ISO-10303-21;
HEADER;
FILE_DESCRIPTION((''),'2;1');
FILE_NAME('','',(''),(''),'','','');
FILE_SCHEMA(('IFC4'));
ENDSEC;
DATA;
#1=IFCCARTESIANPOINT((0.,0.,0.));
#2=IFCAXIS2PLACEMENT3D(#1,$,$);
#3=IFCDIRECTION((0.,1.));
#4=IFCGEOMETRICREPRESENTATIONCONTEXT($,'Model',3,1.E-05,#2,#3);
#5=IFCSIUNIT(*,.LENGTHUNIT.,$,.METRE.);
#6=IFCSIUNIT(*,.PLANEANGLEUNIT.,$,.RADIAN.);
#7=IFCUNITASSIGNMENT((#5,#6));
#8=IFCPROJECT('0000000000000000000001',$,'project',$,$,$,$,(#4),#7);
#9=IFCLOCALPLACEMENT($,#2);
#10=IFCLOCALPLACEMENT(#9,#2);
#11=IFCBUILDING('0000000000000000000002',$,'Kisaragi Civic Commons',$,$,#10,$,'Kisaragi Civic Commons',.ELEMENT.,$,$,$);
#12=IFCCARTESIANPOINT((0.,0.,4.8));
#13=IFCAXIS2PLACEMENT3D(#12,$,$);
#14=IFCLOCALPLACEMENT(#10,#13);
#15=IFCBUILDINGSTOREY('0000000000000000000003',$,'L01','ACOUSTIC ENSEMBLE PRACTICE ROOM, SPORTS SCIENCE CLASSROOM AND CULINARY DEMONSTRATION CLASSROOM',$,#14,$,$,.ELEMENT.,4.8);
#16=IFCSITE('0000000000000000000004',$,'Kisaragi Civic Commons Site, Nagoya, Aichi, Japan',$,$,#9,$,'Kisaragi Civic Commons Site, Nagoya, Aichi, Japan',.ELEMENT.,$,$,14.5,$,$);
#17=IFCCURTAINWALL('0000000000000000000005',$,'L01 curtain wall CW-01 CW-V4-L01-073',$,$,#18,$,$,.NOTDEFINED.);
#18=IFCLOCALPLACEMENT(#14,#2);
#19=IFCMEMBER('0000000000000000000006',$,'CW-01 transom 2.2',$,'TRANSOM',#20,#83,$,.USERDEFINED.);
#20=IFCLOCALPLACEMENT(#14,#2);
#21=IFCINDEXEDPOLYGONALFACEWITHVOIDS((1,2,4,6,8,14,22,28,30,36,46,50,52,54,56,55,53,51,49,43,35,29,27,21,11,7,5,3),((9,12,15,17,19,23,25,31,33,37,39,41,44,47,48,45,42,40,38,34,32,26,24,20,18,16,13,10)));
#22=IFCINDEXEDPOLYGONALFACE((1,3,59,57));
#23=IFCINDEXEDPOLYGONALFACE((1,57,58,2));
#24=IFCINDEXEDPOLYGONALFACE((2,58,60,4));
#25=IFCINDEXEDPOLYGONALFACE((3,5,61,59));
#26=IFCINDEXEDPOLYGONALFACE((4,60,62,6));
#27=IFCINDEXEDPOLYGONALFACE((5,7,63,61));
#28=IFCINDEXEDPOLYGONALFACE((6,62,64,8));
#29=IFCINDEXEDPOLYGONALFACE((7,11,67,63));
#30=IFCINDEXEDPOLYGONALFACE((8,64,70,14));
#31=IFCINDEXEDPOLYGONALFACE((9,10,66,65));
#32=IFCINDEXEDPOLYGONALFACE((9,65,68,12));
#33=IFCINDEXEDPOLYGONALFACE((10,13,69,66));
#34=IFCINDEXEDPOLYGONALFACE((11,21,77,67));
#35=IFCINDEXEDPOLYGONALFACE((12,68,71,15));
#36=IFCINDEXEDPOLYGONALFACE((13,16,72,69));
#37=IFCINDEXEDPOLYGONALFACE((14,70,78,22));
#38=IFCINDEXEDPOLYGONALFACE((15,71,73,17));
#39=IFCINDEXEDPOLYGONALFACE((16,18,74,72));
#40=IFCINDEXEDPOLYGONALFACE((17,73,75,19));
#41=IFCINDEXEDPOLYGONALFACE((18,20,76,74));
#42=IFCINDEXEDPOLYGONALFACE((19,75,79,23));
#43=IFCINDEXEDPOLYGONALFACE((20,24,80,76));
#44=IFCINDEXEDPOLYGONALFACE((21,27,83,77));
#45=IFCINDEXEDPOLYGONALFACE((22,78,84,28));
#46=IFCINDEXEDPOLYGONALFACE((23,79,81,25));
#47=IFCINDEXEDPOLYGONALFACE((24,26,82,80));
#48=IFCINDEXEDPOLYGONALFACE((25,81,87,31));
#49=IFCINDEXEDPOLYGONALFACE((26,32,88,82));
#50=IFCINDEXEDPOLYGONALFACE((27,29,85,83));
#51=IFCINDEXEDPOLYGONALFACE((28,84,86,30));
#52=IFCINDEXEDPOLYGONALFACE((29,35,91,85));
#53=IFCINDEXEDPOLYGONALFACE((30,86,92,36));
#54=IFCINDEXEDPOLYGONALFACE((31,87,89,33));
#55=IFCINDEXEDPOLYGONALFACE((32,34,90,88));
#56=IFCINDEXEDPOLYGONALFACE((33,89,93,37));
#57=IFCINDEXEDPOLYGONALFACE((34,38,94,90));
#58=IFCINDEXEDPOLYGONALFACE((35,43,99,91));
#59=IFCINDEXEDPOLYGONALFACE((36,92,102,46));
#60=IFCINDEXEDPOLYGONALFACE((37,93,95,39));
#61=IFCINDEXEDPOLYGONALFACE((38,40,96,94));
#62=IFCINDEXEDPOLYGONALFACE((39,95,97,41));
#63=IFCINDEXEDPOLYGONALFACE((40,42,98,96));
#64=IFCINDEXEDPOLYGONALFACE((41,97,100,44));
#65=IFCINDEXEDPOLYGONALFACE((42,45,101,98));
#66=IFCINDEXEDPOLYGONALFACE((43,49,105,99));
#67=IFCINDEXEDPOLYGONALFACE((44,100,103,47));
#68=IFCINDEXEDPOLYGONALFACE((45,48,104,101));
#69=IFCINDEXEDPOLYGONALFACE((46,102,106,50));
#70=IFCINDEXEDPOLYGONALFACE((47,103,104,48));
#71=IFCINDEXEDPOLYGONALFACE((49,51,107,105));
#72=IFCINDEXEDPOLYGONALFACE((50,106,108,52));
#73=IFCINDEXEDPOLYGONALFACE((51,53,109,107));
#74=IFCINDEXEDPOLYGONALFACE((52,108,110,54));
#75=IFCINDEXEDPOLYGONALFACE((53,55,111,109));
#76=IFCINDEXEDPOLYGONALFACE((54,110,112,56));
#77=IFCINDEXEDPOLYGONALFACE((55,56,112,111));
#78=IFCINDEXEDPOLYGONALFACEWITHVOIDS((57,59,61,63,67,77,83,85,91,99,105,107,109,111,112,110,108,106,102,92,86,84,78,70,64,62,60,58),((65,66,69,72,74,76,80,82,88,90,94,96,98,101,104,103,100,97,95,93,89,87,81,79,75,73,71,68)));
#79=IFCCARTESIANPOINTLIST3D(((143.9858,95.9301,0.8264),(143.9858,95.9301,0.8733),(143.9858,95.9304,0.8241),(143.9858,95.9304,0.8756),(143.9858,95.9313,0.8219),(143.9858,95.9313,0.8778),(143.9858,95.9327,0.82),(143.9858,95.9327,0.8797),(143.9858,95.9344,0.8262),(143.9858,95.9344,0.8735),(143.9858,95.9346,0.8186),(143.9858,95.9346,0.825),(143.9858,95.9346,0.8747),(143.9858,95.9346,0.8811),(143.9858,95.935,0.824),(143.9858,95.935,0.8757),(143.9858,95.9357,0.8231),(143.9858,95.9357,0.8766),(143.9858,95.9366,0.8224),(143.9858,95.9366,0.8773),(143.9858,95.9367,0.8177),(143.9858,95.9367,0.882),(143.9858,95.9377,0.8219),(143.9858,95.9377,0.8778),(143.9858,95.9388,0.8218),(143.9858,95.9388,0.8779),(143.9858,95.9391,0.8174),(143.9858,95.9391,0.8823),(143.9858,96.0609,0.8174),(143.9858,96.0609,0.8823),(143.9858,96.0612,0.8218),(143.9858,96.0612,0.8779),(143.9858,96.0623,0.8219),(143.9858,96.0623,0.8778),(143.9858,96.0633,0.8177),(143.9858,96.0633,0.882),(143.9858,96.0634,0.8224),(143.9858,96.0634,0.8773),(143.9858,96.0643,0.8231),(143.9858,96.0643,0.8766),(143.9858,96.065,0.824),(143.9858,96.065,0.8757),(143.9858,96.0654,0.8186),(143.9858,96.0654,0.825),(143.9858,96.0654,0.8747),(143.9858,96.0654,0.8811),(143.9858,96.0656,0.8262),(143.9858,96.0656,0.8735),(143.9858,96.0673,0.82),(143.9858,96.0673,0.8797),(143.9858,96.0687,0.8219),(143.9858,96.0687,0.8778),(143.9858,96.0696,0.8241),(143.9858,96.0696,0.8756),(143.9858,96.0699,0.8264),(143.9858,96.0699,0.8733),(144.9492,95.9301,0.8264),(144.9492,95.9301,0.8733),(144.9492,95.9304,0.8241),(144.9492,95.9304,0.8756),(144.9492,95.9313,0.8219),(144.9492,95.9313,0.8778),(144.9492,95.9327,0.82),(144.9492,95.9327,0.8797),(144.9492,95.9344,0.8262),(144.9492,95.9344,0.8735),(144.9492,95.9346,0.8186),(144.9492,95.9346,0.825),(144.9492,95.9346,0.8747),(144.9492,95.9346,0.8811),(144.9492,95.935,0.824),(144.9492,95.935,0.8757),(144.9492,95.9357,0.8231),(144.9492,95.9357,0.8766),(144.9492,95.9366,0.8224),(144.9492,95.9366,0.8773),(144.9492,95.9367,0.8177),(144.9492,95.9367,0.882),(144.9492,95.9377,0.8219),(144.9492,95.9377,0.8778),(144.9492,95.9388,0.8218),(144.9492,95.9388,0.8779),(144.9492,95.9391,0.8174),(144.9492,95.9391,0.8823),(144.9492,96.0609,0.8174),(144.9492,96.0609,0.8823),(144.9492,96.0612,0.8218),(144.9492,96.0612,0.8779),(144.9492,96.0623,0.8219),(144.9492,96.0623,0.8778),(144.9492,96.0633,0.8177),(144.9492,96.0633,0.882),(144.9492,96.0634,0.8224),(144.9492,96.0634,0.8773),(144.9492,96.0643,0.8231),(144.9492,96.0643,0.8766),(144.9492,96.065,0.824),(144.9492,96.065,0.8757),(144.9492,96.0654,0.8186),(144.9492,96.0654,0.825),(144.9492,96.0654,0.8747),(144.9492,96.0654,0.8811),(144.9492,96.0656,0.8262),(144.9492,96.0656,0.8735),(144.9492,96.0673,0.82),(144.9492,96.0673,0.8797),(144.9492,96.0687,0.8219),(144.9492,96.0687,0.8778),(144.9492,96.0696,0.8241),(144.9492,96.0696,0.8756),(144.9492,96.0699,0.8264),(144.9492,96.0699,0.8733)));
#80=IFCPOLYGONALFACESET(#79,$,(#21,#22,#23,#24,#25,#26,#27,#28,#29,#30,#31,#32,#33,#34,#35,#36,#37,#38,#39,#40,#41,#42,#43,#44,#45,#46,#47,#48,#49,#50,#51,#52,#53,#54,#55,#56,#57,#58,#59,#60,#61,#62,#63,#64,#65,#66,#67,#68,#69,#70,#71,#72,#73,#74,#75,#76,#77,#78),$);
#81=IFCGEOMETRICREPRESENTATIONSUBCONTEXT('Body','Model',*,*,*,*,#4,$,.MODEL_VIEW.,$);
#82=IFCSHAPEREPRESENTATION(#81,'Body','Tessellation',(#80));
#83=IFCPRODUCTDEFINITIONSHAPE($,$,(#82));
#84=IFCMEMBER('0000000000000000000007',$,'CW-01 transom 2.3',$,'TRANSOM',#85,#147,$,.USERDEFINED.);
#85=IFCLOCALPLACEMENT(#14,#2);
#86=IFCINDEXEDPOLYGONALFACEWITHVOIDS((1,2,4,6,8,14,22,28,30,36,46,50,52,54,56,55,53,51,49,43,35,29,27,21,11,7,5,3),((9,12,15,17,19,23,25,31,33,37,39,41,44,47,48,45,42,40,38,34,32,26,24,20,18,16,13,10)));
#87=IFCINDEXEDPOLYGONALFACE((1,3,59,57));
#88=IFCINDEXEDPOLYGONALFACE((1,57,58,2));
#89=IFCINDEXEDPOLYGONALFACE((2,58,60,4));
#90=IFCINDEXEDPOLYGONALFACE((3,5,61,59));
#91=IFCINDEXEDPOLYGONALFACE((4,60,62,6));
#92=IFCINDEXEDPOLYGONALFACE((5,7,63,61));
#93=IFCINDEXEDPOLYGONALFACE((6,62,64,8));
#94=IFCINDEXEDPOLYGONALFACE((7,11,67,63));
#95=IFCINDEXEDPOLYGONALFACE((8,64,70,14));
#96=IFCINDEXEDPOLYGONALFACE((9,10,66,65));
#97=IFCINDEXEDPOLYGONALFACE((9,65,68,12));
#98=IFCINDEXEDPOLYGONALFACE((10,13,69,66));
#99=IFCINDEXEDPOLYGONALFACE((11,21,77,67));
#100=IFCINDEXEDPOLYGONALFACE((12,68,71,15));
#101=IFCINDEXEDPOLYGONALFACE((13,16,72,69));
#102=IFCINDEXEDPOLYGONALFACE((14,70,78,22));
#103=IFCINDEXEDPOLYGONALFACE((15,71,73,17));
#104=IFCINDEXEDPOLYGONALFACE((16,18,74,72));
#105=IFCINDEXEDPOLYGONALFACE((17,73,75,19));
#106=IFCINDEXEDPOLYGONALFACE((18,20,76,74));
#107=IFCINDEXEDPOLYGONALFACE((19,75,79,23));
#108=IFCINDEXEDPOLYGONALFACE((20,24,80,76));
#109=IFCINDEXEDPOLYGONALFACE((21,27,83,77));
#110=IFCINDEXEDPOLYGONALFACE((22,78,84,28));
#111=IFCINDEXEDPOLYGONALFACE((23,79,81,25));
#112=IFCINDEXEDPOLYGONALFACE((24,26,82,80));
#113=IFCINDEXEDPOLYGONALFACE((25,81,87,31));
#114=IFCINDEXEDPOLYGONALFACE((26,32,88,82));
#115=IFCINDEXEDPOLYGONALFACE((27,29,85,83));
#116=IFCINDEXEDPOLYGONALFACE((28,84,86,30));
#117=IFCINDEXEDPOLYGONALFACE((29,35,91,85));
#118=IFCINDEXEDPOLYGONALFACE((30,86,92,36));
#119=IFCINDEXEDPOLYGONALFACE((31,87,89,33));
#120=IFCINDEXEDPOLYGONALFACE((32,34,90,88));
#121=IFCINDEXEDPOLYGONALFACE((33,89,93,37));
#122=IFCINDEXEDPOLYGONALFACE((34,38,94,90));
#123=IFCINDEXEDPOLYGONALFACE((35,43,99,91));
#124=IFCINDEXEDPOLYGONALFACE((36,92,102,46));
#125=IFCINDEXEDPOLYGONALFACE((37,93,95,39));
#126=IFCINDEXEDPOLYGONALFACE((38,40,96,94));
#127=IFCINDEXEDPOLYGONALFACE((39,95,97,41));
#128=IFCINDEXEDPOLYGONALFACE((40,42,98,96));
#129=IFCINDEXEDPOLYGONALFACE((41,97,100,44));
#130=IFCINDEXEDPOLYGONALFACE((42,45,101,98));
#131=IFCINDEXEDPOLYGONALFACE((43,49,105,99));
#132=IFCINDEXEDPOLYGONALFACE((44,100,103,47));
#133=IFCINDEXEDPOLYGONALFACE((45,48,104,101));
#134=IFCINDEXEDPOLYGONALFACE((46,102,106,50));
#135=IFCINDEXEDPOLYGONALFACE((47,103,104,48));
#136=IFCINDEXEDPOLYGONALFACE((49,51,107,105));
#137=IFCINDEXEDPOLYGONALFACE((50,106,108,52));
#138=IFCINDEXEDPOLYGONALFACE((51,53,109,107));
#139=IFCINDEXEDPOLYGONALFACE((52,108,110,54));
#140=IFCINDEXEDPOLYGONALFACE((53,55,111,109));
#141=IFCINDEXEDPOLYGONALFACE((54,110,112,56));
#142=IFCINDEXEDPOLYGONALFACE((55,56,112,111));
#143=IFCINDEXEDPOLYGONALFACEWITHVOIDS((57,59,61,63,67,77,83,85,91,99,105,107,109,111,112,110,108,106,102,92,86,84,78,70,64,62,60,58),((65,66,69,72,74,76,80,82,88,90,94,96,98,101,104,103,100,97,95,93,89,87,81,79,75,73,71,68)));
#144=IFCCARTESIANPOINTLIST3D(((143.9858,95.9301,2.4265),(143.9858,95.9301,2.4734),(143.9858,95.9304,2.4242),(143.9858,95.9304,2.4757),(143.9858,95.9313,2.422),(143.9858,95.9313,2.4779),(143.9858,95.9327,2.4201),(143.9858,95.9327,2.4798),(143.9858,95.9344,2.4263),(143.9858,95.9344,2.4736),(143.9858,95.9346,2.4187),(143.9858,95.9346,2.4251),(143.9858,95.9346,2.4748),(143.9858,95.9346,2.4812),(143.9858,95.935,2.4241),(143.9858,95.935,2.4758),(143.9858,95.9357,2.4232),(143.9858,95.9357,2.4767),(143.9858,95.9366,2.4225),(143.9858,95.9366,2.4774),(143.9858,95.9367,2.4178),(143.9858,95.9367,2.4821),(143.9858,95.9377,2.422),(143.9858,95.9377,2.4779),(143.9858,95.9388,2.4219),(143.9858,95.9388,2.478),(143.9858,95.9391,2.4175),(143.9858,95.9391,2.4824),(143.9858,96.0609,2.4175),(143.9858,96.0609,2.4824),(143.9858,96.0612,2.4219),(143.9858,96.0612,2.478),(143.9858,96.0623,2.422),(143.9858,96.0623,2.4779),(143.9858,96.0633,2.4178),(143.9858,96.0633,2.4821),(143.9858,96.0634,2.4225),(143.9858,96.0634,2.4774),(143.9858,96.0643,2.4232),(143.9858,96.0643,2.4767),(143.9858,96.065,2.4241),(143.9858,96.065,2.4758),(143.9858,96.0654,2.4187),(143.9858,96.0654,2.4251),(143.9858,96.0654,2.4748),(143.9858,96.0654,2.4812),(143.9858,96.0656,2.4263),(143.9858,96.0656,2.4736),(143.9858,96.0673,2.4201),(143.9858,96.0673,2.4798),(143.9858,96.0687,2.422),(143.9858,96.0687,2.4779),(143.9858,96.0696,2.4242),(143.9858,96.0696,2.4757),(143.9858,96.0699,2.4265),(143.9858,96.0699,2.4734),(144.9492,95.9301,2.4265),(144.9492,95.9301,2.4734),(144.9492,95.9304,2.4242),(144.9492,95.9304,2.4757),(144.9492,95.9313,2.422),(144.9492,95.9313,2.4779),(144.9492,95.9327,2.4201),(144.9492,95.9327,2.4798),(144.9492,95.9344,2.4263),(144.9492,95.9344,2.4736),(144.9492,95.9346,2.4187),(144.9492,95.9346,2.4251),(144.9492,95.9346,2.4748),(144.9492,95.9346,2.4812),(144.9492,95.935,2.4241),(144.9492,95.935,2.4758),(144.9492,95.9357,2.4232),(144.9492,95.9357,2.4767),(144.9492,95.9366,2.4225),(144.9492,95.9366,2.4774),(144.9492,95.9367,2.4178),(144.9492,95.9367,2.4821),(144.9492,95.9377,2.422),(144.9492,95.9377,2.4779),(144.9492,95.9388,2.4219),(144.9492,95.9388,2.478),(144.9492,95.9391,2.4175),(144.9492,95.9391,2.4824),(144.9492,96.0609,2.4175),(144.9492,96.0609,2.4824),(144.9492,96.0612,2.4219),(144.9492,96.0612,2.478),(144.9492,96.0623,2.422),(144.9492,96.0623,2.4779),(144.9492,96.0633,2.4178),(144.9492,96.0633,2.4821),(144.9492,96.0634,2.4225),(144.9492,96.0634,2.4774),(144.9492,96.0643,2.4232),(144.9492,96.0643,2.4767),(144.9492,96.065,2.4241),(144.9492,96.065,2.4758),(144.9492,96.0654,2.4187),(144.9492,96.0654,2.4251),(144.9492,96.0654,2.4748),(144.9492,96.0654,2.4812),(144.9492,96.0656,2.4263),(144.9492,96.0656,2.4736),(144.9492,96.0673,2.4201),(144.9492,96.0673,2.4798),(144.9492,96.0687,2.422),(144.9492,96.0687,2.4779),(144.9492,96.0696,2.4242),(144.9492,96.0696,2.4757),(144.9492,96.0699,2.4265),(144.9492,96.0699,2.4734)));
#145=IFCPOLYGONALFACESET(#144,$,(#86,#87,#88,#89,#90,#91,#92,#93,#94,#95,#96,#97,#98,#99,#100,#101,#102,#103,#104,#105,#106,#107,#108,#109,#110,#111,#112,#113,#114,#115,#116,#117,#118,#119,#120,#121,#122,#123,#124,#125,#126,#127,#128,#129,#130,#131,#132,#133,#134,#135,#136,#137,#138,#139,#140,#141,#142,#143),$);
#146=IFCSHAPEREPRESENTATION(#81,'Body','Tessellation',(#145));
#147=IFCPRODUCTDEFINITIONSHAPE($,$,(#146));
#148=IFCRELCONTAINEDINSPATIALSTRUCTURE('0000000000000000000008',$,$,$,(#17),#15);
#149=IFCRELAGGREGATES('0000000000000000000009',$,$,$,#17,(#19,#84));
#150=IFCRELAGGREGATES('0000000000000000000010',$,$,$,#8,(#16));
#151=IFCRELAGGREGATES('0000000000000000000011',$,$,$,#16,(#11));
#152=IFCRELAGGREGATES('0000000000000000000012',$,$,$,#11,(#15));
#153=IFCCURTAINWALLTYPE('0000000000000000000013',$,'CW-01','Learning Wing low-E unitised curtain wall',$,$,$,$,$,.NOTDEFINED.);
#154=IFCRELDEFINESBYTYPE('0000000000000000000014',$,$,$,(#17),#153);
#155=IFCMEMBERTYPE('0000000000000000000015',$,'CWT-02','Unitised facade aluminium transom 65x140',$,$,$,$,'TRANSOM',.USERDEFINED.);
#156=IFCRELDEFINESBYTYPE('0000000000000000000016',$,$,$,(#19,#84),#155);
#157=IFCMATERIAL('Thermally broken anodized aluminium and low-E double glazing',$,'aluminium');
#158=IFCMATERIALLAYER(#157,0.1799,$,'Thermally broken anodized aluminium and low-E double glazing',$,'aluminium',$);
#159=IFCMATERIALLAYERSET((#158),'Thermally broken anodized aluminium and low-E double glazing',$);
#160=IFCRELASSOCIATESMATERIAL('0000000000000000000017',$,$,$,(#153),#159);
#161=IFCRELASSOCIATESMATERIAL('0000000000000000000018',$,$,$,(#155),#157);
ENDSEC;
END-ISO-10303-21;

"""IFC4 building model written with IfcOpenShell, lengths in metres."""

from ifc_helpers import new_model, si_unit, direction, frame, origin, origin_2d, place, context, subcontext, project, spatial, hollow_rectangle, extrude, material, layer, layer_set, material_profile, profile_set, type_object, element, aggregate, save


model = new_model("IFC4")

# Units and contexts
model_context = context("Model", 3, precision=1e-05, world=origin(), true_north=direction((0.0, 1.0)))
body_context = subcontext(model_context, "Body", "Model", "MODEL_VIEW")
ifc_project = project(units=[si_unit("LENGTHUNIT", "METRE"), si_unit("PLANEANGLEUNIT", "RADIAN")], contexts=[model_context])

# Site, building, storey
site_placement = place(None, origin())
site = spatial("IfcSite", under=ifc_project, at=site_placement, Name="Kisaragi Civic Commons Site, Nagoya, Aichi, Japan", LongName="Kisaragi Civic Commons Site, Nagoya, Aichi, Japan", CompositionType="ELEMENT", RefElevation=14.5)
building_placement = place(site_placement, origin())
building = spatial("IfcBuilding", under=site, at=building_placement, Name="Kisaragi Civic Commons", LongName="Kisaragi Civic Commons", CompositionType="ELEMENT")
storey_placement = place(building_placement, frame((0.0, 0.0, 4.8)))
storey = spatial("IfcBuildingStorey", under=building, at=storey_placement, Name="L01", Description="ACOUSTIC ENSEMBLE PRACTICE ROOM, SPORTS SCIENCE CLASSROOM AND CULINARY DEMONSTRATION CLASSROOM", CompositionType="ELEMENT", Elevation=4.8)

# Curtain wall, members
ifc_material = material(Name="Thermally broken anodized aluminium and low-E double glazing", Category="aluminium")
ifc_layer_1 = layer(ifc_material, 0.1799, Name="Thermally broken anodized aluminium and low-E double glazing", Category="aluminium")
ifc_layer_set_1 = layer_set([ifc_layer_1], Name="Thermally broken anodized aluminium and low-E double glazing")
curtain_wall_type = type_object("IfcCurtainWallType", Name="CW-01", Description="Learning Wing low-E unitised curtain wall", PredefinedType="NOTDEFINED", material=ifc_layer_set_1)
curtain_wall_placement = place(storey_placement, origin())
curtain_wall = element("IfcCurtainWall", 1, at=curtain_wall_placement, inside=storey, type_object=curtain_wall_type, Name="L01 curtain wall CW-01 CW-V4-L01-073", PredefinedType="NOTDEFINED")
ifc_material_profile_1 = material_profile(ifc_material, hollow_rectangle(XDim=0.1399, YDim=0.0649, WallThickness=0.0044, InnerFilletRadius=0.0044, OuterFilletRadius=0.009, at=origin_2d()), Name="CWT-65x140x4.5", Category="aluminium")
ifc_profile_set_1 = profile_set([ifc_material_profile_1], Name="Thermally broken anodized aluminium and low-E double glazing")
member_type_1 = type_object("IfcMemberType", Name="CWT-02", Description="Unitised facade aluminium transom 65x140", ElementType="TRANSOM", PredefinedType="USERDEFINED", material=ifc_profile_set_1)
member_1_placement = place(storey_placement, frame((144.9492, 96.0, 0.8499), z_axis=(-1.0, 0.0, 0.0), x_axis=(0.0, -1.0, 0.0)))
member_1 = element("IfcMember", 2, at=member_1_placement, type_object=member_type_1, Name="CW-01 transom 2.2", ObjectType="TRANSOM", PredefinedType="USERDEFINED", context=body_context, shape_type="SweptSolid", body=[
    extrude(hollow_rectangle(XDim=0.1399, YDim=0.0649, WallThickness=0.0044, InnerFilletRadius=0.0044, OuterFilletRadius=0.009, at=origin_2d()), origin(), (0.0, 0.0, 1.0), 0.9634),
])
member_2_placement = place(storey_placement, frame((144.9492, 96.0, 2.45), z_axis=(-1.0, 0.0, 0.0), x_axis=(0.0, -1.0, 0.0)))
member_2 = element("IfcMember", 3, at=member_2_placement, type_object=member_type_1, Name="CW-01 transom 2.3", ObjectType="TRANSOM", PredefinedType="USERDEFINED", context=body_context, shape_type="SweptSolid", body=[
    extrude(hollow_rectangle(XDim=0.1399, YDim=0.0649, WallThickness=0.0044, InnerFilletRadius=0.0044, OuterFilletRadius=0.009, at=origin_2d()), origin(), (0.0, 0.0, 1.0), 0.9634),
])
aggregate(curtain_wall, [member_1, member_2])

save(model, "model.ifc")
